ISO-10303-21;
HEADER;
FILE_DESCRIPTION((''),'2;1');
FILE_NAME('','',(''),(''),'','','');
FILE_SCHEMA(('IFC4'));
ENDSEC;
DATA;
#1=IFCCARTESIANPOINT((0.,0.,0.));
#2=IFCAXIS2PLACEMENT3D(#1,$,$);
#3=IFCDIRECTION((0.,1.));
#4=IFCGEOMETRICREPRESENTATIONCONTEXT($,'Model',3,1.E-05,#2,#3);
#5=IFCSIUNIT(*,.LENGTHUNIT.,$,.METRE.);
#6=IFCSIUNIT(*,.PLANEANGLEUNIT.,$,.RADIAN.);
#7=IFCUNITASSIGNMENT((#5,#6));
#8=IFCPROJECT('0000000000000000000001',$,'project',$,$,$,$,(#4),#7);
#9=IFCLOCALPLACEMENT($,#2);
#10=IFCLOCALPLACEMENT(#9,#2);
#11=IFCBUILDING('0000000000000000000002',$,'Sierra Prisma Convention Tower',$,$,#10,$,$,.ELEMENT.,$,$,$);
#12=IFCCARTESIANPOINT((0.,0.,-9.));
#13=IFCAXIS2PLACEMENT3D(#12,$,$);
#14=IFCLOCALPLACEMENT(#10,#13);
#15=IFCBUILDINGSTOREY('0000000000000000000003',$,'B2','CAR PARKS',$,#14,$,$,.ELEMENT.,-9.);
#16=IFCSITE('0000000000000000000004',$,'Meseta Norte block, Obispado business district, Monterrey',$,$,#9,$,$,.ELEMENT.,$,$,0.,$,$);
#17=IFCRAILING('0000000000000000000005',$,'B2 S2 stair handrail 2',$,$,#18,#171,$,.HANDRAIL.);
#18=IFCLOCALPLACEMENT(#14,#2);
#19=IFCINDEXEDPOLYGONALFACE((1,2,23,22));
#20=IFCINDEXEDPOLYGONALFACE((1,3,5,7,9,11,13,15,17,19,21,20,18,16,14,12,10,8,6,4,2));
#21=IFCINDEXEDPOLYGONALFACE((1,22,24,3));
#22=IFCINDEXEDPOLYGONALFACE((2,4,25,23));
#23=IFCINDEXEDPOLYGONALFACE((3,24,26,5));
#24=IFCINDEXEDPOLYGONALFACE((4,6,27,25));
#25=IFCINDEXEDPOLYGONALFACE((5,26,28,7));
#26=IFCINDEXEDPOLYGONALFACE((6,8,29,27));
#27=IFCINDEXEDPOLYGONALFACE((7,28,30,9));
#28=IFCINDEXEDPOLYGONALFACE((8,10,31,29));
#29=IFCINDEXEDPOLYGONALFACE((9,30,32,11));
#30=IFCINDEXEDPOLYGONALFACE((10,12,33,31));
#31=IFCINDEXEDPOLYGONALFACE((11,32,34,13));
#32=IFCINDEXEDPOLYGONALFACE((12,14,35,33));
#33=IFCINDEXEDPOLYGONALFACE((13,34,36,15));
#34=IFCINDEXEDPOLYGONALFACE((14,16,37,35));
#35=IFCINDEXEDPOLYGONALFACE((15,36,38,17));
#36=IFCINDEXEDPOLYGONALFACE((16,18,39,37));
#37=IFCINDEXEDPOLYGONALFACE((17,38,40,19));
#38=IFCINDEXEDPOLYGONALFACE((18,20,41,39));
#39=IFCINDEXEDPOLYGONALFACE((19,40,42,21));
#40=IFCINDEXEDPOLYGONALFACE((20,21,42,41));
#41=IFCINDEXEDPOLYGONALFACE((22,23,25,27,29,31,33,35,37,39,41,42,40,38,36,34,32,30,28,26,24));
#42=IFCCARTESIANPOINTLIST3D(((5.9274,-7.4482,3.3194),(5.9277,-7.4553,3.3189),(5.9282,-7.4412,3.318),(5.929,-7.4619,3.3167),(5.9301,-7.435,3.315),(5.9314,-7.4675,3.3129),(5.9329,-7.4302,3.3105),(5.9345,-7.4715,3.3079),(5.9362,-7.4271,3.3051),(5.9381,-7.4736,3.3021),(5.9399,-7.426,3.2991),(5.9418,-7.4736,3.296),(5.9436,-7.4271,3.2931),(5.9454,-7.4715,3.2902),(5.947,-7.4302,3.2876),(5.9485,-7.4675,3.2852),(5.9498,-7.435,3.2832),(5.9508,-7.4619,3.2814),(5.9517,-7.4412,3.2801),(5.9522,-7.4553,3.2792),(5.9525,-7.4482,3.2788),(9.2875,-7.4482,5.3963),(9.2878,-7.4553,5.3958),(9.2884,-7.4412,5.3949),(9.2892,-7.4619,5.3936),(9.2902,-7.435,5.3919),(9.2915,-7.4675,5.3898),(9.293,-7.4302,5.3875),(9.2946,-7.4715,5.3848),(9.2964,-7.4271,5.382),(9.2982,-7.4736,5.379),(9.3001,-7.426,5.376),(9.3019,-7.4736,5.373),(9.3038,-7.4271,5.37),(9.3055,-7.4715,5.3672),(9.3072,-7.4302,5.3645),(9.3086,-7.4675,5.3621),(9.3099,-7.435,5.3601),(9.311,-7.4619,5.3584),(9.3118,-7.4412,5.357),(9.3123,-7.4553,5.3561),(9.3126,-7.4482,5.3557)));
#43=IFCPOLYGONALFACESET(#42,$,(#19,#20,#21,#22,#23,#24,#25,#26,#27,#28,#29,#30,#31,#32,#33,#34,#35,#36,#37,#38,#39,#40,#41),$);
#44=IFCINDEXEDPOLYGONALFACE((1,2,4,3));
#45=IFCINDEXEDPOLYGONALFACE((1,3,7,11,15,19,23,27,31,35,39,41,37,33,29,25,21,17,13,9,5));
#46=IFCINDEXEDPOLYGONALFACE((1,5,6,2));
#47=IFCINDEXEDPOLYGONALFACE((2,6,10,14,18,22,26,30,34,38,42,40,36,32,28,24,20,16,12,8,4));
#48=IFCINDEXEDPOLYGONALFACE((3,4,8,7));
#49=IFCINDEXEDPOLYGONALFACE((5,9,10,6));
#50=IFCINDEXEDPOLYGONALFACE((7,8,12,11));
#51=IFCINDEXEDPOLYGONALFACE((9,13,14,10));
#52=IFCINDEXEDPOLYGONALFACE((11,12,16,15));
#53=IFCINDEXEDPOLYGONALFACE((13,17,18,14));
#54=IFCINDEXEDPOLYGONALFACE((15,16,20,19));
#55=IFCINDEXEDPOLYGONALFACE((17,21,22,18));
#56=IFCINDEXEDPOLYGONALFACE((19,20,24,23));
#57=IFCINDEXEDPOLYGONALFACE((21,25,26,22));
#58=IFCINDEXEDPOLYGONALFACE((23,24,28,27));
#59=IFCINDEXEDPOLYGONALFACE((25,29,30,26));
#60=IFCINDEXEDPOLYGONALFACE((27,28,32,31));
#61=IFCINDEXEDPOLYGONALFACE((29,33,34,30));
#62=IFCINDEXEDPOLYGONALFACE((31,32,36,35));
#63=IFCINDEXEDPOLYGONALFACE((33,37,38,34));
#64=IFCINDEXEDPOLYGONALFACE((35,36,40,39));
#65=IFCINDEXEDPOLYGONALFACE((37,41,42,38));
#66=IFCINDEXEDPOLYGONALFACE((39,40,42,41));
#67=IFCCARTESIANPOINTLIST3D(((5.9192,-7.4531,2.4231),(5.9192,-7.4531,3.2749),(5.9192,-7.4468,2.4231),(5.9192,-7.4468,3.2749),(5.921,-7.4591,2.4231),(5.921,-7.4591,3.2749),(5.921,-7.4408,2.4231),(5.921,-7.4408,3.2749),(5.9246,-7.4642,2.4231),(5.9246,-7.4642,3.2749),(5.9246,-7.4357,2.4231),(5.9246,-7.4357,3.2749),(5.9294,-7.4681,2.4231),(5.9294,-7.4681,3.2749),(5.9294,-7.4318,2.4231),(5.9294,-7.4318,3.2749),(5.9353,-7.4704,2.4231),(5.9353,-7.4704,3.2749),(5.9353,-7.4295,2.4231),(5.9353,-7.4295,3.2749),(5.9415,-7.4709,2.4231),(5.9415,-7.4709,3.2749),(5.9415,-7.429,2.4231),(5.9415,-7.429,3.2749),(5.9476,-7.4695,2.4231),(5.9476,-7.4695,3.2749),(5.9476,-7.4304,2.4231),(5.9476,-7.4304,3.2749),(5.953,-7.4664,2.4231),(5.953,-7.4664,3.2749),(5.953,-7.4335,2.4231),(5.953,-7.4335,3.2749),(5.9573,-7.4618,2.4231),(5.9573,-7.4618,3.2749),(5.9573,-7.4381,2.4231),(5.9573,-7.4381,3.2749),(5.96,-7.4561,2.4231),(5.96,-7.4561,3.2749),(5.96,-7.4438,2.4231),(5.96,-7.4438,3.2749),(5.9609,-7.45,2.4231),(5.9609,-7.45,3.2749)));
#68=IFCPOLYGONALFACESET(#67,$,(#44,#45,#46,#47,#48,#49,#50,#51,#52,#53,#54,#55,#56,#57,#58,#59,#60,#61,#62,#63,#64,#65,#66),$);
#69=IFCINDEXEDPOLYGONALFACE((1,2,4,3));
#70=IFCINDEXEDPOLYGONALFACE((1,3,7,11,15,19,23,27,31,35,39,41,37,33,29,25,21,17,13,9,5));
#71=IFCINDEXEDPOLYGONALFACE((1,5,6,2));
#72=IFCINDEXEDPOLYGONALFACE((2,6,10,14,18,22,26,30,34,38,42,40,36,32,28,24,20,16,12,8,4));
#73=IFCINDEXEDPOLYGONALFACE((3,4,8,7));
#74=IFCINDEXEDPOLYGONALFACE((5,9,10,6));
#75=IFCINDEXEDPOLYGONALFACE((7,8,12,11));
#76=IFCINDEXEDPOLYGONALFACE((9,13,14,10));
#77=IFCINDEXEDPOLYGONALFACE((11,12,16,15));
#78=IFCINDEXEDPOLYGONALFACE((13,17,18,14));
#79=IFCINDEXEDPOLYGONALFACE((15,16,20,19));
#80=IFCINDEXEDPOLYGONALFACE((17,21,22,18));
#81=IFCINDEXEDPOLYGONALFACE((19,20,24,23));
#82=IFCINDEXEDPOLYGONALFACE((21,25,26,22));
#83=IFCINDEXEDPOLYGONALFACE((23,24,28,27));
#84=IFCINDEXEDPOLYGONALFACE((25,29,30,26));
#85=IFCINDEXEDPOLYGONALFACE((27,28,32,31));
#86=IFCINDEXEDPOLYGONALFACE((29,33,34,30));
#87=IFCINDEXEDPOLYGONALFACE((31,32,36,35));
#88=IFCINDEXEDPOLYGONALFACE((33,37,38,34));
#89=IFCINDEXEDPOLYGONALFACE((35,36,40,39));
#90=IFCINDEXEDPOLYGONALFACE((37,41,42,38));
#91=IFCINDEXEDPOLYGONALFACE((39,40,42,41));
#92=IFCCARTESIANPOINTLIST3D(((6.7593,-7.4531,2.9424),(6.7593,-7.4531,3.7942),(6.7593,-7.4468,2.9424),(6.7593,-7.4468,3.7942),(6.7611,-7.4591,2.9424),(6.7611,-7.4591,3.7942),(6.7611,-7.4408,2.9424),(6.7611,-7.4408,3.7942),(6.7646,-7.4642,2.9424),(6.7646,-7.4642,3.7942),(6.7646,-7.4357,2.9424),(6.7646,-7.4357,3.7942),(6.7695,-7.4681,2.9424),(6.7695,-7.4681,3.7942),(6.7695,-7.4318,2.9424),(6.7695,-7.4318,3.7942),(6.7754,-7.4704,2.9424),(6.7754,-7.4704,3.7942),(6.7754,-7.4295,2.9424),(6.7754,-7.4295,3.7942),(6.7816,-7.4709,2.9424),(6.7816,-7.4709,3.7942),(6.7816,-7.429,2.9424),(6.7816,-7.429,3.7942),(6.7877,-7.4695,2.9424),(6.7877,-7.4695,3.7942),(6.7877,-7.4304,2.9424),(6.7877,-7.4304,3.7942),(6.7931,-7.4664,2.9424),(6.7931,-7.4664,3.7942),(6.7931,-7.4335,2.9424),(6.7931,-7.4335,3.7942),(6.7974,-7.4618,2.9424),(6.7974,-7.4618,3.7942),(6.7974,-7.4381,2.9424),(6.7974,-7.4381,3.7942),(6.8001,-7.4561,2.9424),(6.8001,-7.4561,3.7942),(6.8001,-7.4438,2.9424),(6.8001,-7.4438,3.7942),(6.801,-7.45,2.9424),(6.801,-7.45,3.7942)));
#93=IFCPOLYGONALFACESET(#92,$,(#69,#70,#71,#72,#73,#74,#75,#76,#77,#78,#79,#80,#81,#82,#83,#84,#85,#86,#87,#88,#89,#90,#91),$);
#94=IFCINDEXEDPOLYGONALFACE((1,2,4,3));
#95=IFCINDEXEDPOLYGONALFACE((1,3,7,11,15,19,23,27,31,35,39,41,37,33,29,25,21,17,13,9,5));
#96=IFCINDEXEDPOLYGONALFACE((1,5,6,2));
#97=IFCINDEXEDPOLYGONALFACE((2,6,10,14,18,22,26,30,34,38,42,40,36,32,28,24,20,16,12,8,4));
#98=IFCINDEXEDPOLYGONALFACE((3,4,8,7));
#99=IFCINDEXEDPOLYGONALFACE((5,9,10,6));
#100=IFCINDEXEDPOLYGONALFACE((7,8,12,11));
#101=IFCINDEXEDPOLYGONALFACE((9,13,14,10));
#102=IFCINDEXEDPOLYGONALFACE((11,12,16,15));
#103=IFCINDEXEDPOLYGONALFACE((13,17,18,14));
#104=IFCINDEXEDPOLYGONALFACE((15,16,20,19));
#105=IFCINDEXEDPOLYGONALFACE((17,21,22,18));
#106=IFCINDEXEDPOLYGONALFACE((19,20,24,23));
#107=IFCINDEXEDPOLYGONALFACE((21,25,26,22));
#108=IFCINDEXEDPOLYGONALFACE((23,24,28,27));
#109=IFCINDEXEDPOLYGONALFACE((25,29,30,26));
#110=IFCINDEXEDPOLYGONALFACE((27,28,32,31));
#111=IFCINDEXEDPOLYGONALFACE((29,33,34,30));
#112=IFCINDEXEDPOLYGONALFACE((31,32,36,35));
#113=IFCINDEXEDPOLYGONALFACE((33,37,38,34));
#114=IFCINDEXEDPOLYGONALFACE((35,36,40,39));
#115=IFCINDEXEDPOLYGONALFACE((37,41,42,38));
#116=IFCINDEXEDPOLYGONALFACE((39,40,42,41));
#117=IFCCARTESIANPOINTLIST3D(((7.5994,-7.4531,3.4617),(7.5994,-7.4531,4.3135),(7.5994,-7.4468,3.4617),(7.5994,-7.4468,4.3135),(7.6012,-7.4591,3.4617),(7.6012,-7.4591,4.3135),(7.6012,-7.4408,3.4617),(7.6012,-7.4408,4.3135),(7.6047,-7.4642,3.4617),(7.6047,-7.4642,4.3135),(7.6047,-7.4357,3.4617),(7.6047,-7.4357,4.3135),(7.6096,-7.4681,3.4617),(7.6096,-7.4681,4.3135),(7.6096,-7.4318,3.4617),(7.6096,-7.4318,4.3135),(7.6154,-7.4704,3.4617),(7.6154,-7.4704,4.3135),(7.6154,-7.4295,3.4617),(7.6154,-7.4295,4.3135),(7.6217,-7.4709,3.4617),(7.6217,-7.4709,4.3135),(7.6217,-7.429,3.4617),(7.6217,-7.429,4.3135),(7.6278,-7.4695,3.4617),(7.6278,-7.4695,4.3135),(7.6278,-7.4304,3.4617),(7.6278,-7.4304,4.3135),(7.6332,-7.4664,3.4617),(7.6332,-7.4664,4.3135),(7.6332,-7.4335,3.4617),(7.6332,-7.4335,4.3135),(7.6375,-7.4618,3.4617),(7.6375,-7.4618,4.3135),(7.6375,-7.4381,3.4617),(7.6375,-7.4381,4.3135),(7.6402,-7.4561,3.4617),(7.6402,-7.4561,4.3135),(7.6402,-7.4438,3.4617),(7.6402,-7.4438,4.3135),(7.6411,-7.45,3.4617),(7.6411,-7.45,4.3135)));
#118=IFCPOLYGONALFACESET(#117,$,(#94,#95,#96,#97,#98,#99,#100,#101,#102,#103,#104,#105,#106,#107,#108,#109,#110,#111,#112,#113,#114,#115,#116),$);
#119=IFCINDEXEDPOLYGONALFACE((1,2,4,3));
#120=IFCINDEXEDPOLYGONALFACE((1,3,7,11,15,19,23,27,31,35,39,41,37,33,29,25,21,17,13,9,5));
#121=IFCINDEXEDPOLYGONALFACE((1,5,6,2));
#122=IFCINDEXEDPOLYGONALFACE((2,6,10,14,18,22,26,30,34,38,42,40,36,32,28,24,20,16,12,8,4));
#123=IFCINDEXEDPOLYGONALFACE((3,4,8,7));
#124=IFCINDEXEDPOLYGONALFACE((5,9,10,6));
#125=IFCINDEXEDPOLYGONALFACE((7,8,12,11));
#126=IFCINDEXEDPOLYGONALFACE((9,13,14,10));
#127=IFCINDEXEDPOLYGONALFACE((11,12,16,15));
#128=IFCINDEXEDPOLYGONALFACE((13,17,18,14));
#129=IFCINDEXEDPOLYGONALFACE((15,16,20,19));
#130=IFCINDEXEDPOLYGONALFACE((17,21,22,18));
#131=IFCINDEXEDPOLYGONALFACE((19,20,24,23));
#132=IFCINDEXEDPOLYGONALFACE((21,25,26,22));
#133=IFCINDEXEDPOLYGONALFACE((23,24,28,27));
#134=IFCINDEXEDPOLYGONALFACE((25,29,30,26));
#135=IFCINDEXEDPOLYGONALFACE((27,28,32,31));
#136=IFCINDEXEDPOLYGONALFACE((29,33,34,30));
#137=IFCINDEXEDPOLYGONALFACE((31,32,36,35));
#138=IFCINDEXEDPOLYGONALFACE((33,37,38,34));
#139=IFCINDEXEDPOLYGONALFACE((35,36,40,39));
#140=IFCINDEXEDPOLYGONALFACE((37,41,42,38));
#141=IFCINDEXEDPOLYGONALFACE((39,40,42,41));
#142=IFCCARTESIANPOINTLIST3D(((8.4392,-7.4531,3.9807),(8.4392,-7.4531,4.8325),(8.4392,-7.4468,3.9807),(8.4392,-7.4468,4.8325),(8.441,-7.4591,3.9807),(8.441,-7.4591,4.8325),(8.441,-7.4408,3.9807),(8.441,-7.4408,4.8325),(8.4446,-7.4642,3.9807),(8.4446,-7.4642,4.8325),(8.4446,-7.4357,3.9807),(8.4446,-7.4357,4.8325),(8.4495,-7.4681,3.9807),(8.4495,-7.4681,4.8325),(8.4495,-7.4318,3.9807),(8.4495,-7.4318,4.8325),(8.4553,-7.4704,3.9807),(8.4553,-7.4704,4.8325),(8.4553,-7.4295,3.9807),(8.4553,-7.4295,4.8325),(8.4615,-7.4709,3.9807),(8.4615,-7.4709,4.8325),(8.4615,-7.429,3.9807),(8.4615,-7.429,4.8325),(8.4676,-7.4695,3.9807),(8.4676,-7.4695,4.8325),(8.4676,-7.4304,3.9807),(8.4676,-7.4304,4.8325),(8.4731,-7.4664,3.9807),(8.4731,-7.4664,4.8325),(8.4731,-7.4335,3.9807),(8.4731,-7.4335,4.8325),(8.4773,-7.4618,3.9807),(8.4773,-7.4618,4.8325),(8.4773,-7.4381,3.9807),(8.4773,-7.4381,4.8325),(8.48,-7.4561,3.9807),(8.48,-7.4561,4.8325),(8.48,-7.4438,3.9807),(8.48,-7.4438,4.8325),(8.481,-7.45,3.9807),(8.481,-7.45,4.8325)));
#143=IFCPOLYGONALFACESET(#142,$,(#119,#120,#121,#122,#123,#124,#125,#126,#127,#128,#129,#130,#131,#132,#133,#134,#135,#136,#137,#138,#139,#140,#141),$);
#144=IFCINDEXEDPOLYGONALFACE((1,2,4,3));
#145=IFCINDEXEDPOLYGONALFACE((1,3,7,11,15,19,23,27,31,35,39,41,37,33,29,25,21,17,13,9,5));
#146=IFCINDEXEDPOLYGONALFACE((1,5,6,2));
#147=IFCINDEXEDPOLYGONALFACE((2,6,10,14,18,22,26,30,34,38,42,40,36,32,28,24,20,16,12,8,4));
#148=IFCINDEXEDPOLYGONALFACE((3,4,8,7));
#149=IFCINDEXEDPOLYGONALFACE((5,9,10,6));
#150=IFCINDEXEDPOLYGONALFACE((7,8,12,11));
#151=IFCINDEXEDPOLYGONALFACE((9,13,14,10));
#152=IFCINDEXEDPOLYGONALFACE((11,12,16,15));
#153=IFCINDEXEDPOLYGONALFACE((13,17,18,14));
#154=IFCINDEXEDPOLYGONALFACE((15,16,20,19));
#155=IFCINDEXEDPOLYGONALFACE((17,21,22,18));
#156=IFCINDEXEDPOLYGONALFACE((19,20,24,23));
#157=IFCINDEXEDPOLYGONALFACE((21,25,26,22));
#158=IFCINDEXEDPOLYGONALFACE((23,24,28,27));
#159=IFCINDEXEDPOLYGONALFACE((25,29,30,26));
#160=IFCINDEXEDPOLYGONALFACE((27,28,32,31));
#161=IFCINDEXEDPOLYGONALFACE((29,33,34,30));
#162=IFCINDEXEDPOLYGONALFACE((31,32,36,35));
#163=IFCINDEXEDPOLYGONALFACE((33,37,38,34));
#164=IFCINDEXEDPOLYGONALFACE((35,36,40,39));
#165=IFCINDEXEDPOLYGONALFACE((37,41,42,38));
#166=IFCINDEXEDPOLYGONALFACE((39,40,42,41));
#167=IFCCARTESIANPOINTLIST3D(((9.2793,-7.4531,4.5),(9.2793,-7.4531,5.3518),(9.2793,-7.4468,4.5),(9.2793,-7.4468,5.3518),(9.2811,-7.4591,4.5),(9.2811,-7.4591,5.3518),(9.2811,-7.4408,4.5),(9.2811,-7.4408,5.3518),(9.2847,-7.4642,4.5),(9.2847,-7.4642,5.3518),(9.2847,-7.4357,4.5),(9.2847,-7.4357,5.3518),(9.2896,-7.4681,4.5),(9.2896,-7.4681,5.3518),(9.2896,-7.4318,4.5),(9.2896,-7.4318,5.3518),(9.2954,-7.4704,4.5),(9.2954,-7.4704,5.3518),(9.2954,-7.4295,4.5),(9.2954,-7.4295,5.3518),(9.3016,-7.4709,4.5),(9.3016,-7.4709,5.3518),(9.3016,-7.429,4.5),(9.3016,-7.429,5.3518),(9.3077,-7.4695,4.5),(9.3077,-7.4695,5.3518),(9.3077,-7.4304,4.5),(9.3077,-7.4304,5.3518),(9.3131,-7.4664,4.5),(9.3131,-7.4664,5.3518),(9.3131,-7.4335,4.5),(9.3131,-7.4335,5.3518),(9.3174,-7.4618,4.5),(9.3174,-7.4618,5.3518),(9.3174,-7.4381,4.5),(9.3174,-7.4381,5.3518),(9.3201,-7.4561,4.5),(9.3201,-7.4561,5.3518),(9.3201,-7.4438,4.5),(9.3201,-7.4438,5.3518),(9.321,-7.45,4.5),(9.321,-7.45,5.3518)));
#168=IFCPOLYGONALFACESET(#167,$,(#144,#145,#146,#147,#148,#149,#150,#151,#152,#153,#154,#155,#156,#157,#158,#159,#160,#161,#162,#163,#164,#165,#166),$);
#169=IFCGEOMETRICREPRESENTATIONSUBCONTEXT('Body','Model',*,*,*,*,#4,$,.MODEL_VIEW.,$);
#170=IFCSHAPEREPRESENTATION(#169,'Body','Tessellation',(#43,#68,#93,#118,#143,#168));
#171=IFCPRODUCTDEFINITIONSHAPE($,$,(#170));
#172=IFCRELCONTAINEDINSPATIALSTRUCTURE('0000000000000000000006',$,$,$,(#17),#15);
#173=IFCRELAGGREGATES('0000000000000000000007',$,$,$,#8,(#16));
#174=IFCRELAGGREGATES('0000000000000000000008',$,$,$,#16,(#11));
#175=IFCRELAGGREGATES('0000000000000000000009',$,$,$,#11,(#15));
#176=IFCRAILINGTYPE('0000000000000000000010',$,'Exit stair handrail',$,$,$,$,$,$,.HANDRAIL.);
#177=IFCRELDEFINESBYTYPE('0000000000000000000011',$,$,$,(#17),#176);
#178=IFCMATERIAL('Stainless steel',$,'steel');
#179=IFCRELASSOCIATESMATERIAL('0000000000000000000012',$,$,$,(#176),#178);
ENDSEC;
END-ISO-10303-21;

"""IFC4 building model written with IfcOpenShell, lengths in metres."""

from ifc_helpers import new_model, si_unit, direction, frame, origin, origin_2d, place, context, subcontext, project, spatial, circle, extrude, material, type_object, element, save


model = new_model("IFC4")

# Units and contexts
model_context = context("Model", 3, precision=1e-05, world=origin(), true_north=direction((0.0, 1.0)))
body_context = subcontext(model_context, "Body", "Model", "MODEL_VIEW")
ifc_project = project(units=[si_unit("LENGTHUNIT", "METRE"), si_unit("PLANEANGLEUNIT", "RADIAN")], contexts=[model_context])

# Site, building, storey
site_placement = place(None, origin())
site = spatial("IfcSite", under=ifc_project, at=site_placement, Name="Meseta Norte block, Obispado business district, Monterrey", CompositionType="ELEMENT", RefElevation=0.0)
building_placement = place(site_placement, origin())
building = spatial("IfcBuilding", under=site, at=building_placement, Name="Sierra Prisma Convention Tower", CompositionType="ELEMENT")
storey_placement = place(building_placement, frame((0.0, 0.0, -9.0)))
storey = spatial("IfcBuildingStorey", under=building, at=storey_placement, Name="B2", Description="CAR PARKS", CompositionType="ELEMENT", Elevation=-9.0)

# Railing
ifc_material_1 = material(Name="Stainless steel", Category="steel")
railing_type_1 = type_object("IfcRailingType", Name="Exit stair handrail", PredefinedType="HANDRAIL", material=ifc_material_1)
railing_1_placement = place(storey_placement, frame((5.9399, -7.45, 2.4231)))
element("IfcRailing", 1, at=railing_1_placement, inside=storey, type_object=railing_type_1, Name="B2 S2 stair handrail 2", PredefinedType="HANDRAIL", context=body_context, shape_type="SweptSolid", body=[
    extrude(circle(Radius=0.0239, at=origin_2d()), frame((0.0, 0.0, 0.876), z_axis=(0.850623, 0.0, 0.525776), x_axis=(0.0, 1.0, 0.0)), (0.0, 0.0, 1.0), 3.9502),
    extrude(circle(Radius=0.021, at=origin_2d()), origin(), (0.0, 0.0, 1.0), 0.8518),
    extrude(circle(Radius=0.021, at=origin_2d()), frame((0.8401, 0.0, 0.5193)), (0.0, 0.0, 1.0), 0.8518),
    extrude(circle(Radius=0.021, at=origin_2d()), frame((1.6802, 0.0, 1.0386)), (0.0, 0.0, 1.0), 0.8518),
    extrude(circle(Radius=0.021, at=origin_2d()), frame((2.52, 0.0, 1.5576)), (0.0, 0.0, 1.0), 0.8518),
    extrude(circle(Radius=0.021, at=origin_2d()), frame((3.3601, 0.0, 2.0769)), (0.0, 0.0, 1.0), 0.8518),
])

save(model, "model.ifc")
